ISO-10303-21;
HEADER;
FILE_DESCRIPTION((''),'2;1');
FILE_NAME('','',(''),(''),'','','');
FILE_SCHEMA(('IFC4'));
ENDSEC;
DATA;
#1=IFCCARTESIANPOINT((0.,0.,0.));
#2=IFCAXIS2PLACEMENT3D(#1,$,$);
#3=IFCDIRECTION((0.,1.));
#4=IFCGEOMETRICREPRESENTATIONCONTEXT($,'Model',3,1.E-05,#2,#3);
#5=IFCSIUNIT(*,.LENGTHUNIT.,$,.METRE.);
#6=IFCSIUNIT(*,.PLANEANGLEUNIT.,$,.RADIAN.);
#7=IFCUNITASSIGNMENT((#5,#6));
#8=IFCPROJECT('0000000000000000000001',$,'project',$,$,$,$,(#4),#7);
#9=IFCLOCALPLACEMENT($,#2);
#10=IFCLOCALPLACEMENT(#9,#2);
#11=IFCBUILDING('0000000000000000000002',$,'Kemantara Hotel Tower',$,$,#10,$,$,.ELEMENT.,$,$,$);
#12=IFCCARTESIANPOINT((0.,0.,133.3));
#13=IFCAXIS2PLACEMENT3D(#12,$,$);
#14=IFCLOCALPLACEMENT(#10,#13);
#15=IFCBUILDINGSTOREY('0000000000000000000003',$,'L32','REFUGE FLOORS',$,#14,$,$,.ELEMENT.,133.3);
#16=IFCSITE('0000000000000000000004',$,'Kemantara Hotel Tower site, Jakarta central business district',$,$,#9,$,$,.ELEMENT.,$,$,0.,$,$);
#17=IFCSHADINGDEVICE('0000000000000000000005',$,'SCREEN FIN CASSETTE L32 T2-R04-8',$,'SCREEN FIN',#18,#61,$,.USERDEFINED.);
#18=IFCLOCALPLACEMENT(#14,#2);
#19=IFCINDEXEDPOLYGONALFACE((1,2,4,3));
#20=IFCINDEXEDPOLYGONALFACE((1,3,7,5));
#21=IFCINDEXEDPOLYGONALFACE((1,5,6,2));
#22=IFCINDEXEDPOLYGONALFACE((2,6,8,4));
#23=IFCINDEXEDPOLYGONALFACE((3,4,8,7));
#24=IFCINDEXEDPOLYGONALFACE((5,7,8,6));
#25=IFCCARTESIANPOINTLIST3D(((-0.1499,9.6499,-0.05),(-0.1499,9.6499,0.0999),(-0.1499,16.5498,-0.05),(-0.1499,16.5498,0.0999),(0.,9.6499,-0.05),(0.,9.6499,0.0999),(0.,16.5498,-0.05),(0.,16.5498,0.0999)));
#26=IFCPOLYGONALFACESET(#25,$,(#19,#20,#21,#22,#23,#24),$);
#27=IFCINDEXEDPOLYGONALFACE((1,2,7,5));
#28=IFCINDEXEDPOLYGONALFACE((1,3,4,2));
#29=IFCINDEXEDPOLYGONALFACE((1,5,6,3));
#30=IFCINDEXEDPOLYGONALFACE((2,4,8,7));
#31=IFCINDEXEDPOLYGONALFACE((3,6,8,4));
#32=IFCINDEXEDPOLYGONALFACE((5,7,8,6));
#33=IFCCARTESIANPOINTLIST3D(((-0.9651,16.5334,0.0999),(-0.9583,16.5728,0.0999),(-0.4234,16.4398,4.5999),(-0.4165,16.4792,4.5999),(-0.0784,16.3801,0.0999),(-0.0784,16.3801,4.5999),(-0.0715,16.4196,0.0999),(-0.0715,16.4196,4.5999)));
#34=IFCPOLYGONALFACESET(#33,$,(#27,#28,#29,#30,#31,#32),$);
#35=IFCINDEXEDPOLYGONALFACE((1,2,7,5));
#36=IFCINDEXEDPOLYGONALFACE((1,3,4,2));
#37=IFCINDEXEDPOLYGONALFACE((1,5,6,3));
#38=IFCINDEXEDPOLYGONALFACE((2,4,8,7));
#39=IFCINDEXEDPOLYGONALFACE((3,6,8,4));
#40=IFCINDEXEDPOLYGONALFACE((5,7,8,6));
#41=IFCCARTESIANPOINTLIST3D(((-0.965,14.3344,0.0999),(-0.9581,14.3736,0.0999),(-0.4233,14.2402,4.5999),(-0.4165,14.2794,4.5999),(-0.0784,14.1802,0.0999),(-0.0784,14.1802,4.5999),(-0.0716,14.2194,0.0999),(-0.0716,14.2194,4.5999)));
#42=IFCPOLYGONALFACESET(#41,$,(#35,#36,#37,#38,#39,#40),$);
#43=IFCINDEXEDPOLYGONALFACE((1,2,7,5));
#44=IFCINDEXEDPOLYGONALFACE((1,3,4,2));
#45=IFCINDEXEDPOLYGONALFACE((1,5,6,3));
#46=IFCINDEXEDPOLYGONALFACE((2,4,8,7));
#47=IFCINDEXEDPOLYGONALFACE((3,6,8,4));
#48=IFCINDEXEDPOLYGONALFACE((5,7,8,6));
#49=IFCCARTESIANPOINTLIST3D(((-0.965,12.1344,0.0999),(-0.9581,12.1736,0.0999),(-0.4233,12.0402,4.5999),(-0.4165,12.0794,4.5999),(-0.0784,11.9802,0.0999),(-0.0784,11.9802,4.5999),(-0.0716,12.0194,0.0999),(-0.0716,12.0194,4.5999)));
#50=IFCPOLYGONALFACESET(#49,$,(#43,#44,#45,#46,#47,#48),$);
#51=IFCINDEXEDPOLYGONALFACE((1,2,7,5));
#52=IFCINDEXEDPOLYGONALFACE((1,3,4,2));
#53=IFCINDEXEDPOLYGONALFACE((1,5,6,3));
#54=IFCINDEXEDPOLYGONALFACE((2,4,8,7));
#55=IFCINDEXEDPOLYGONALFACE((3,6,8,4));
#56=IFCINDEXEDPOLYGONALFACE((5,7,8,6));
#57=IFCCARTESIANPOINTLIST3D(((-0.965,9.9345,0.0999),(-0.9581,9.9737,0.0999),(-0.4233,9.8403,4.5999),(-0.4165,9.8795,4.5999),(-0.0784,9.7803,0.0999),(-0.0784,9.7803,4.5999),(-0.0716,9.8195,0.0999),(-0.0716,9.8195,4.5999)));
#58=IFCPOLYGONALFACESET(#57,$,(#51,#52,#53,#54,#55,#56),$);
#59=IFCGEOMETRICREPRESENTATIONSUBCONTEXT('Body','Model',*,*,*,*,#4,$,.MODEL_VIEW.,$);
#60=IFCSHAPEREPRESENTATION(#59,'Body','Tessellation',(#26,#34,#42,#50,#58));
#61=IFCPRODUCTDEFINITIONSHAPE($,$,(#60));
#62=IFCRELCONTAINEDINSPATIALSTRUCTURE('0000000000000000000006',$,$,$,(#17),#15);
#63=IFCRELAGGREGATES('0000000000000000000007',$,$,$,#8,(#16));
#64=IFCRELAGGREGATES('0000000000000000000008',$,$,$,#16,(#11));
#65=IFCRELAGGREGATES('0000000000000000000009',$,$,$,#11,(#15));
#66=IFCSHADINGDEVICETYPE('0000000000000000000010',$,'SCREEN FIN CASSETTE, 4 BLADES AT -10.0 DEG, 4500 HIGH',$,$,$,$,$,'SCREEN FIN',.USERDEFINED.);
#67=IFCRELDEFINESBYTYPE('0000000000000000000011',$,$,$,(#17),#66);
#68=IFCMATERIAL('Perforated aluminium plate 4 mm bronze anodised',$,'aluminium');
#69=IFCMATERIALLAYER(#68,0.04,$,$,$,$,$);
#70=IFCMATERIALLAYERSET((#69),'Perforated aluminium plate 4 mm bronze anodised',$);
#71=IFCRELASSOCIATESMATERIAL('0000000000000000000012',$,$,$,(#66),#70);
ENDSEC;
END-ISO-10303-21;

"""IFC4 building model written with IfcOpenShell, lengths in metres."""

from ifc_helpers import new_model, si_unit, direction, frame, origin, origin_2d, place, context, subcontext, project, spatial, polyline, rectangle, outline, extrude, source, transform, mapped, material, layer, layer_set, type_object, element, save


model = new_model("IFC4")

# Units and contexts
model_context = context("Model", 3, precision=1e-05, world=origin(), true_north=direction((0.0, 1.0)))
body_context = subcontext(model_context, "Body", "Model", "MODEL_VIEW")
ifc_project = project(units=[si_unit("LENGTHUNIT", "METRE"), si_unit("PLANEANGLEUNIT", "RADIAN")], contexts=[model_context])

# Site, building, storey
site_placement = place(None, origin())
site = spatial("IfcSite", under=ifc_project, at=site_placement, Name="Kemantara Hotel Tower site, Jakarta central business district", CompositionType="ELEMENT", RefElevation=0.0)
building_placement = place(site_placement, origin())
building = spatial("IfcBuilding", under=site, at=building_placement, Name="Kemantara Hotel Tower", CompositionType="ELEMENT")
storey_placement = place(building_placement, frame((0.0, 0.0, 133.3)))
storey = spatial("IfcBuildingStorey", under=building, at=storey_placement, Name="L32", Description="REFUGE FLOORS", CompositionType="ELEMENT", Elevation=133.3)

# Shading device
ifc_material_1 = material(Name="Perforated aluminium plate 4 mm bronze anodised", Category="aluminium")
ifc_layer_1 = layer(ifc_material_1, 0.04)
ifc_layer_set_1 = layer_set([ifc_layer_1], Name="Perforated aluminium plate 4 mm bronze anodised")
shading_device_type_1 = type_object("IfcShadingDeviceType", Name="SCREEN FIN CASSETTE, 4 BLADES AT -10.0 DEG, 4500 HIGH", ElementType="SCREEN FIN", PredefinedType="USERDEFINED", material=ifc_layer_set_1)
shared_shape_1 = source(origin(), body_context, "Body", "SweptSolid", [
    extrude(rectangle(XDim=6.8999, YDim=0.1499, at=origin_2d()), frame((3.3, -0.075, -0.1499), z_axis=(0.0, 0.0, 1.0), x_axis=(1.0, 0.0, 0.0)), (0.0, 0.0, 1.0), 0.1499),
    extrude(outline(polyline([(0.0, 0.0), (0.8999, 0.0), (0.3501, 4.5), (0.0, 4.5), (0.0, 0.0)])), frame((0.0198, -0.0784, 0.0), z_axis=(-0.98539, 0.170314, 0.0), x_axis=(-0.170314, -0.98539, 0.0)), (0.0, 0.0, 1.0), 0.04),
    extrude(outline(polyline([(0.0, 0.0), (0.8999, 0.0), (0.3501, 4.5), (0.0, 4.5), (0.0, 0.0)])), frame((2.2197, -0.0784, 0.0), z_axis=(-0.985212, 0.171341, 0.0), x_axis=(-0.171341, -0.985212, 0.0)), (0.0, 0.0, 1.0), 0.0398),
    extrude(outline(polyline([(0.0, 0.0), (0.8999, 0.0), (0.3501, 4.5), (0.0, 4.5), (0.0, 0.0)])), frame((4.4197, -0.0784, 0.0), z_axis=(-0.985212, 0.171341, 0.0), x_axis=(-0.171341, -0.985212, 0.0)), (0.0, 0.0, 1.0), 0.0398),
    extrude(outline(polyline([(0.0, 0.0), (0.8999, 0.0), (0.3501, 4.5), (0.0, 4.5), (0.0, 0.0)])), frame((6.6196, -0.0784, 0.0), z_axis=(-0.985212, 0.171341, 0.0), x_axis=(-0.171341, -0.985212, 0.0)), (0.0, 0.0, 1.0), 0.0398),
])
shading_device_1_placement = place(storey_placement, frame((0.0, 16.3999, 0.0999), z_axis=(0.0, 0.0, 1.0), x_axis=(0.0, -1.0, 0.0)))
element("IfcShadingDevice", 1, at=shading_device_1_placement, inside=storey, type_object=shading_device_type_1, Name="SCREEN FIN CASSETTE L32 T2-R04-8", ObjectType="SCREEN FIN", PredefinedType="USERDEFINED", context=body_context, shape_type="MappedRepresentation", body=[
    mapped(shared_shape_1, transform((0.0, 0.0, 0.0))),
])

save(model, "model.ifc")
